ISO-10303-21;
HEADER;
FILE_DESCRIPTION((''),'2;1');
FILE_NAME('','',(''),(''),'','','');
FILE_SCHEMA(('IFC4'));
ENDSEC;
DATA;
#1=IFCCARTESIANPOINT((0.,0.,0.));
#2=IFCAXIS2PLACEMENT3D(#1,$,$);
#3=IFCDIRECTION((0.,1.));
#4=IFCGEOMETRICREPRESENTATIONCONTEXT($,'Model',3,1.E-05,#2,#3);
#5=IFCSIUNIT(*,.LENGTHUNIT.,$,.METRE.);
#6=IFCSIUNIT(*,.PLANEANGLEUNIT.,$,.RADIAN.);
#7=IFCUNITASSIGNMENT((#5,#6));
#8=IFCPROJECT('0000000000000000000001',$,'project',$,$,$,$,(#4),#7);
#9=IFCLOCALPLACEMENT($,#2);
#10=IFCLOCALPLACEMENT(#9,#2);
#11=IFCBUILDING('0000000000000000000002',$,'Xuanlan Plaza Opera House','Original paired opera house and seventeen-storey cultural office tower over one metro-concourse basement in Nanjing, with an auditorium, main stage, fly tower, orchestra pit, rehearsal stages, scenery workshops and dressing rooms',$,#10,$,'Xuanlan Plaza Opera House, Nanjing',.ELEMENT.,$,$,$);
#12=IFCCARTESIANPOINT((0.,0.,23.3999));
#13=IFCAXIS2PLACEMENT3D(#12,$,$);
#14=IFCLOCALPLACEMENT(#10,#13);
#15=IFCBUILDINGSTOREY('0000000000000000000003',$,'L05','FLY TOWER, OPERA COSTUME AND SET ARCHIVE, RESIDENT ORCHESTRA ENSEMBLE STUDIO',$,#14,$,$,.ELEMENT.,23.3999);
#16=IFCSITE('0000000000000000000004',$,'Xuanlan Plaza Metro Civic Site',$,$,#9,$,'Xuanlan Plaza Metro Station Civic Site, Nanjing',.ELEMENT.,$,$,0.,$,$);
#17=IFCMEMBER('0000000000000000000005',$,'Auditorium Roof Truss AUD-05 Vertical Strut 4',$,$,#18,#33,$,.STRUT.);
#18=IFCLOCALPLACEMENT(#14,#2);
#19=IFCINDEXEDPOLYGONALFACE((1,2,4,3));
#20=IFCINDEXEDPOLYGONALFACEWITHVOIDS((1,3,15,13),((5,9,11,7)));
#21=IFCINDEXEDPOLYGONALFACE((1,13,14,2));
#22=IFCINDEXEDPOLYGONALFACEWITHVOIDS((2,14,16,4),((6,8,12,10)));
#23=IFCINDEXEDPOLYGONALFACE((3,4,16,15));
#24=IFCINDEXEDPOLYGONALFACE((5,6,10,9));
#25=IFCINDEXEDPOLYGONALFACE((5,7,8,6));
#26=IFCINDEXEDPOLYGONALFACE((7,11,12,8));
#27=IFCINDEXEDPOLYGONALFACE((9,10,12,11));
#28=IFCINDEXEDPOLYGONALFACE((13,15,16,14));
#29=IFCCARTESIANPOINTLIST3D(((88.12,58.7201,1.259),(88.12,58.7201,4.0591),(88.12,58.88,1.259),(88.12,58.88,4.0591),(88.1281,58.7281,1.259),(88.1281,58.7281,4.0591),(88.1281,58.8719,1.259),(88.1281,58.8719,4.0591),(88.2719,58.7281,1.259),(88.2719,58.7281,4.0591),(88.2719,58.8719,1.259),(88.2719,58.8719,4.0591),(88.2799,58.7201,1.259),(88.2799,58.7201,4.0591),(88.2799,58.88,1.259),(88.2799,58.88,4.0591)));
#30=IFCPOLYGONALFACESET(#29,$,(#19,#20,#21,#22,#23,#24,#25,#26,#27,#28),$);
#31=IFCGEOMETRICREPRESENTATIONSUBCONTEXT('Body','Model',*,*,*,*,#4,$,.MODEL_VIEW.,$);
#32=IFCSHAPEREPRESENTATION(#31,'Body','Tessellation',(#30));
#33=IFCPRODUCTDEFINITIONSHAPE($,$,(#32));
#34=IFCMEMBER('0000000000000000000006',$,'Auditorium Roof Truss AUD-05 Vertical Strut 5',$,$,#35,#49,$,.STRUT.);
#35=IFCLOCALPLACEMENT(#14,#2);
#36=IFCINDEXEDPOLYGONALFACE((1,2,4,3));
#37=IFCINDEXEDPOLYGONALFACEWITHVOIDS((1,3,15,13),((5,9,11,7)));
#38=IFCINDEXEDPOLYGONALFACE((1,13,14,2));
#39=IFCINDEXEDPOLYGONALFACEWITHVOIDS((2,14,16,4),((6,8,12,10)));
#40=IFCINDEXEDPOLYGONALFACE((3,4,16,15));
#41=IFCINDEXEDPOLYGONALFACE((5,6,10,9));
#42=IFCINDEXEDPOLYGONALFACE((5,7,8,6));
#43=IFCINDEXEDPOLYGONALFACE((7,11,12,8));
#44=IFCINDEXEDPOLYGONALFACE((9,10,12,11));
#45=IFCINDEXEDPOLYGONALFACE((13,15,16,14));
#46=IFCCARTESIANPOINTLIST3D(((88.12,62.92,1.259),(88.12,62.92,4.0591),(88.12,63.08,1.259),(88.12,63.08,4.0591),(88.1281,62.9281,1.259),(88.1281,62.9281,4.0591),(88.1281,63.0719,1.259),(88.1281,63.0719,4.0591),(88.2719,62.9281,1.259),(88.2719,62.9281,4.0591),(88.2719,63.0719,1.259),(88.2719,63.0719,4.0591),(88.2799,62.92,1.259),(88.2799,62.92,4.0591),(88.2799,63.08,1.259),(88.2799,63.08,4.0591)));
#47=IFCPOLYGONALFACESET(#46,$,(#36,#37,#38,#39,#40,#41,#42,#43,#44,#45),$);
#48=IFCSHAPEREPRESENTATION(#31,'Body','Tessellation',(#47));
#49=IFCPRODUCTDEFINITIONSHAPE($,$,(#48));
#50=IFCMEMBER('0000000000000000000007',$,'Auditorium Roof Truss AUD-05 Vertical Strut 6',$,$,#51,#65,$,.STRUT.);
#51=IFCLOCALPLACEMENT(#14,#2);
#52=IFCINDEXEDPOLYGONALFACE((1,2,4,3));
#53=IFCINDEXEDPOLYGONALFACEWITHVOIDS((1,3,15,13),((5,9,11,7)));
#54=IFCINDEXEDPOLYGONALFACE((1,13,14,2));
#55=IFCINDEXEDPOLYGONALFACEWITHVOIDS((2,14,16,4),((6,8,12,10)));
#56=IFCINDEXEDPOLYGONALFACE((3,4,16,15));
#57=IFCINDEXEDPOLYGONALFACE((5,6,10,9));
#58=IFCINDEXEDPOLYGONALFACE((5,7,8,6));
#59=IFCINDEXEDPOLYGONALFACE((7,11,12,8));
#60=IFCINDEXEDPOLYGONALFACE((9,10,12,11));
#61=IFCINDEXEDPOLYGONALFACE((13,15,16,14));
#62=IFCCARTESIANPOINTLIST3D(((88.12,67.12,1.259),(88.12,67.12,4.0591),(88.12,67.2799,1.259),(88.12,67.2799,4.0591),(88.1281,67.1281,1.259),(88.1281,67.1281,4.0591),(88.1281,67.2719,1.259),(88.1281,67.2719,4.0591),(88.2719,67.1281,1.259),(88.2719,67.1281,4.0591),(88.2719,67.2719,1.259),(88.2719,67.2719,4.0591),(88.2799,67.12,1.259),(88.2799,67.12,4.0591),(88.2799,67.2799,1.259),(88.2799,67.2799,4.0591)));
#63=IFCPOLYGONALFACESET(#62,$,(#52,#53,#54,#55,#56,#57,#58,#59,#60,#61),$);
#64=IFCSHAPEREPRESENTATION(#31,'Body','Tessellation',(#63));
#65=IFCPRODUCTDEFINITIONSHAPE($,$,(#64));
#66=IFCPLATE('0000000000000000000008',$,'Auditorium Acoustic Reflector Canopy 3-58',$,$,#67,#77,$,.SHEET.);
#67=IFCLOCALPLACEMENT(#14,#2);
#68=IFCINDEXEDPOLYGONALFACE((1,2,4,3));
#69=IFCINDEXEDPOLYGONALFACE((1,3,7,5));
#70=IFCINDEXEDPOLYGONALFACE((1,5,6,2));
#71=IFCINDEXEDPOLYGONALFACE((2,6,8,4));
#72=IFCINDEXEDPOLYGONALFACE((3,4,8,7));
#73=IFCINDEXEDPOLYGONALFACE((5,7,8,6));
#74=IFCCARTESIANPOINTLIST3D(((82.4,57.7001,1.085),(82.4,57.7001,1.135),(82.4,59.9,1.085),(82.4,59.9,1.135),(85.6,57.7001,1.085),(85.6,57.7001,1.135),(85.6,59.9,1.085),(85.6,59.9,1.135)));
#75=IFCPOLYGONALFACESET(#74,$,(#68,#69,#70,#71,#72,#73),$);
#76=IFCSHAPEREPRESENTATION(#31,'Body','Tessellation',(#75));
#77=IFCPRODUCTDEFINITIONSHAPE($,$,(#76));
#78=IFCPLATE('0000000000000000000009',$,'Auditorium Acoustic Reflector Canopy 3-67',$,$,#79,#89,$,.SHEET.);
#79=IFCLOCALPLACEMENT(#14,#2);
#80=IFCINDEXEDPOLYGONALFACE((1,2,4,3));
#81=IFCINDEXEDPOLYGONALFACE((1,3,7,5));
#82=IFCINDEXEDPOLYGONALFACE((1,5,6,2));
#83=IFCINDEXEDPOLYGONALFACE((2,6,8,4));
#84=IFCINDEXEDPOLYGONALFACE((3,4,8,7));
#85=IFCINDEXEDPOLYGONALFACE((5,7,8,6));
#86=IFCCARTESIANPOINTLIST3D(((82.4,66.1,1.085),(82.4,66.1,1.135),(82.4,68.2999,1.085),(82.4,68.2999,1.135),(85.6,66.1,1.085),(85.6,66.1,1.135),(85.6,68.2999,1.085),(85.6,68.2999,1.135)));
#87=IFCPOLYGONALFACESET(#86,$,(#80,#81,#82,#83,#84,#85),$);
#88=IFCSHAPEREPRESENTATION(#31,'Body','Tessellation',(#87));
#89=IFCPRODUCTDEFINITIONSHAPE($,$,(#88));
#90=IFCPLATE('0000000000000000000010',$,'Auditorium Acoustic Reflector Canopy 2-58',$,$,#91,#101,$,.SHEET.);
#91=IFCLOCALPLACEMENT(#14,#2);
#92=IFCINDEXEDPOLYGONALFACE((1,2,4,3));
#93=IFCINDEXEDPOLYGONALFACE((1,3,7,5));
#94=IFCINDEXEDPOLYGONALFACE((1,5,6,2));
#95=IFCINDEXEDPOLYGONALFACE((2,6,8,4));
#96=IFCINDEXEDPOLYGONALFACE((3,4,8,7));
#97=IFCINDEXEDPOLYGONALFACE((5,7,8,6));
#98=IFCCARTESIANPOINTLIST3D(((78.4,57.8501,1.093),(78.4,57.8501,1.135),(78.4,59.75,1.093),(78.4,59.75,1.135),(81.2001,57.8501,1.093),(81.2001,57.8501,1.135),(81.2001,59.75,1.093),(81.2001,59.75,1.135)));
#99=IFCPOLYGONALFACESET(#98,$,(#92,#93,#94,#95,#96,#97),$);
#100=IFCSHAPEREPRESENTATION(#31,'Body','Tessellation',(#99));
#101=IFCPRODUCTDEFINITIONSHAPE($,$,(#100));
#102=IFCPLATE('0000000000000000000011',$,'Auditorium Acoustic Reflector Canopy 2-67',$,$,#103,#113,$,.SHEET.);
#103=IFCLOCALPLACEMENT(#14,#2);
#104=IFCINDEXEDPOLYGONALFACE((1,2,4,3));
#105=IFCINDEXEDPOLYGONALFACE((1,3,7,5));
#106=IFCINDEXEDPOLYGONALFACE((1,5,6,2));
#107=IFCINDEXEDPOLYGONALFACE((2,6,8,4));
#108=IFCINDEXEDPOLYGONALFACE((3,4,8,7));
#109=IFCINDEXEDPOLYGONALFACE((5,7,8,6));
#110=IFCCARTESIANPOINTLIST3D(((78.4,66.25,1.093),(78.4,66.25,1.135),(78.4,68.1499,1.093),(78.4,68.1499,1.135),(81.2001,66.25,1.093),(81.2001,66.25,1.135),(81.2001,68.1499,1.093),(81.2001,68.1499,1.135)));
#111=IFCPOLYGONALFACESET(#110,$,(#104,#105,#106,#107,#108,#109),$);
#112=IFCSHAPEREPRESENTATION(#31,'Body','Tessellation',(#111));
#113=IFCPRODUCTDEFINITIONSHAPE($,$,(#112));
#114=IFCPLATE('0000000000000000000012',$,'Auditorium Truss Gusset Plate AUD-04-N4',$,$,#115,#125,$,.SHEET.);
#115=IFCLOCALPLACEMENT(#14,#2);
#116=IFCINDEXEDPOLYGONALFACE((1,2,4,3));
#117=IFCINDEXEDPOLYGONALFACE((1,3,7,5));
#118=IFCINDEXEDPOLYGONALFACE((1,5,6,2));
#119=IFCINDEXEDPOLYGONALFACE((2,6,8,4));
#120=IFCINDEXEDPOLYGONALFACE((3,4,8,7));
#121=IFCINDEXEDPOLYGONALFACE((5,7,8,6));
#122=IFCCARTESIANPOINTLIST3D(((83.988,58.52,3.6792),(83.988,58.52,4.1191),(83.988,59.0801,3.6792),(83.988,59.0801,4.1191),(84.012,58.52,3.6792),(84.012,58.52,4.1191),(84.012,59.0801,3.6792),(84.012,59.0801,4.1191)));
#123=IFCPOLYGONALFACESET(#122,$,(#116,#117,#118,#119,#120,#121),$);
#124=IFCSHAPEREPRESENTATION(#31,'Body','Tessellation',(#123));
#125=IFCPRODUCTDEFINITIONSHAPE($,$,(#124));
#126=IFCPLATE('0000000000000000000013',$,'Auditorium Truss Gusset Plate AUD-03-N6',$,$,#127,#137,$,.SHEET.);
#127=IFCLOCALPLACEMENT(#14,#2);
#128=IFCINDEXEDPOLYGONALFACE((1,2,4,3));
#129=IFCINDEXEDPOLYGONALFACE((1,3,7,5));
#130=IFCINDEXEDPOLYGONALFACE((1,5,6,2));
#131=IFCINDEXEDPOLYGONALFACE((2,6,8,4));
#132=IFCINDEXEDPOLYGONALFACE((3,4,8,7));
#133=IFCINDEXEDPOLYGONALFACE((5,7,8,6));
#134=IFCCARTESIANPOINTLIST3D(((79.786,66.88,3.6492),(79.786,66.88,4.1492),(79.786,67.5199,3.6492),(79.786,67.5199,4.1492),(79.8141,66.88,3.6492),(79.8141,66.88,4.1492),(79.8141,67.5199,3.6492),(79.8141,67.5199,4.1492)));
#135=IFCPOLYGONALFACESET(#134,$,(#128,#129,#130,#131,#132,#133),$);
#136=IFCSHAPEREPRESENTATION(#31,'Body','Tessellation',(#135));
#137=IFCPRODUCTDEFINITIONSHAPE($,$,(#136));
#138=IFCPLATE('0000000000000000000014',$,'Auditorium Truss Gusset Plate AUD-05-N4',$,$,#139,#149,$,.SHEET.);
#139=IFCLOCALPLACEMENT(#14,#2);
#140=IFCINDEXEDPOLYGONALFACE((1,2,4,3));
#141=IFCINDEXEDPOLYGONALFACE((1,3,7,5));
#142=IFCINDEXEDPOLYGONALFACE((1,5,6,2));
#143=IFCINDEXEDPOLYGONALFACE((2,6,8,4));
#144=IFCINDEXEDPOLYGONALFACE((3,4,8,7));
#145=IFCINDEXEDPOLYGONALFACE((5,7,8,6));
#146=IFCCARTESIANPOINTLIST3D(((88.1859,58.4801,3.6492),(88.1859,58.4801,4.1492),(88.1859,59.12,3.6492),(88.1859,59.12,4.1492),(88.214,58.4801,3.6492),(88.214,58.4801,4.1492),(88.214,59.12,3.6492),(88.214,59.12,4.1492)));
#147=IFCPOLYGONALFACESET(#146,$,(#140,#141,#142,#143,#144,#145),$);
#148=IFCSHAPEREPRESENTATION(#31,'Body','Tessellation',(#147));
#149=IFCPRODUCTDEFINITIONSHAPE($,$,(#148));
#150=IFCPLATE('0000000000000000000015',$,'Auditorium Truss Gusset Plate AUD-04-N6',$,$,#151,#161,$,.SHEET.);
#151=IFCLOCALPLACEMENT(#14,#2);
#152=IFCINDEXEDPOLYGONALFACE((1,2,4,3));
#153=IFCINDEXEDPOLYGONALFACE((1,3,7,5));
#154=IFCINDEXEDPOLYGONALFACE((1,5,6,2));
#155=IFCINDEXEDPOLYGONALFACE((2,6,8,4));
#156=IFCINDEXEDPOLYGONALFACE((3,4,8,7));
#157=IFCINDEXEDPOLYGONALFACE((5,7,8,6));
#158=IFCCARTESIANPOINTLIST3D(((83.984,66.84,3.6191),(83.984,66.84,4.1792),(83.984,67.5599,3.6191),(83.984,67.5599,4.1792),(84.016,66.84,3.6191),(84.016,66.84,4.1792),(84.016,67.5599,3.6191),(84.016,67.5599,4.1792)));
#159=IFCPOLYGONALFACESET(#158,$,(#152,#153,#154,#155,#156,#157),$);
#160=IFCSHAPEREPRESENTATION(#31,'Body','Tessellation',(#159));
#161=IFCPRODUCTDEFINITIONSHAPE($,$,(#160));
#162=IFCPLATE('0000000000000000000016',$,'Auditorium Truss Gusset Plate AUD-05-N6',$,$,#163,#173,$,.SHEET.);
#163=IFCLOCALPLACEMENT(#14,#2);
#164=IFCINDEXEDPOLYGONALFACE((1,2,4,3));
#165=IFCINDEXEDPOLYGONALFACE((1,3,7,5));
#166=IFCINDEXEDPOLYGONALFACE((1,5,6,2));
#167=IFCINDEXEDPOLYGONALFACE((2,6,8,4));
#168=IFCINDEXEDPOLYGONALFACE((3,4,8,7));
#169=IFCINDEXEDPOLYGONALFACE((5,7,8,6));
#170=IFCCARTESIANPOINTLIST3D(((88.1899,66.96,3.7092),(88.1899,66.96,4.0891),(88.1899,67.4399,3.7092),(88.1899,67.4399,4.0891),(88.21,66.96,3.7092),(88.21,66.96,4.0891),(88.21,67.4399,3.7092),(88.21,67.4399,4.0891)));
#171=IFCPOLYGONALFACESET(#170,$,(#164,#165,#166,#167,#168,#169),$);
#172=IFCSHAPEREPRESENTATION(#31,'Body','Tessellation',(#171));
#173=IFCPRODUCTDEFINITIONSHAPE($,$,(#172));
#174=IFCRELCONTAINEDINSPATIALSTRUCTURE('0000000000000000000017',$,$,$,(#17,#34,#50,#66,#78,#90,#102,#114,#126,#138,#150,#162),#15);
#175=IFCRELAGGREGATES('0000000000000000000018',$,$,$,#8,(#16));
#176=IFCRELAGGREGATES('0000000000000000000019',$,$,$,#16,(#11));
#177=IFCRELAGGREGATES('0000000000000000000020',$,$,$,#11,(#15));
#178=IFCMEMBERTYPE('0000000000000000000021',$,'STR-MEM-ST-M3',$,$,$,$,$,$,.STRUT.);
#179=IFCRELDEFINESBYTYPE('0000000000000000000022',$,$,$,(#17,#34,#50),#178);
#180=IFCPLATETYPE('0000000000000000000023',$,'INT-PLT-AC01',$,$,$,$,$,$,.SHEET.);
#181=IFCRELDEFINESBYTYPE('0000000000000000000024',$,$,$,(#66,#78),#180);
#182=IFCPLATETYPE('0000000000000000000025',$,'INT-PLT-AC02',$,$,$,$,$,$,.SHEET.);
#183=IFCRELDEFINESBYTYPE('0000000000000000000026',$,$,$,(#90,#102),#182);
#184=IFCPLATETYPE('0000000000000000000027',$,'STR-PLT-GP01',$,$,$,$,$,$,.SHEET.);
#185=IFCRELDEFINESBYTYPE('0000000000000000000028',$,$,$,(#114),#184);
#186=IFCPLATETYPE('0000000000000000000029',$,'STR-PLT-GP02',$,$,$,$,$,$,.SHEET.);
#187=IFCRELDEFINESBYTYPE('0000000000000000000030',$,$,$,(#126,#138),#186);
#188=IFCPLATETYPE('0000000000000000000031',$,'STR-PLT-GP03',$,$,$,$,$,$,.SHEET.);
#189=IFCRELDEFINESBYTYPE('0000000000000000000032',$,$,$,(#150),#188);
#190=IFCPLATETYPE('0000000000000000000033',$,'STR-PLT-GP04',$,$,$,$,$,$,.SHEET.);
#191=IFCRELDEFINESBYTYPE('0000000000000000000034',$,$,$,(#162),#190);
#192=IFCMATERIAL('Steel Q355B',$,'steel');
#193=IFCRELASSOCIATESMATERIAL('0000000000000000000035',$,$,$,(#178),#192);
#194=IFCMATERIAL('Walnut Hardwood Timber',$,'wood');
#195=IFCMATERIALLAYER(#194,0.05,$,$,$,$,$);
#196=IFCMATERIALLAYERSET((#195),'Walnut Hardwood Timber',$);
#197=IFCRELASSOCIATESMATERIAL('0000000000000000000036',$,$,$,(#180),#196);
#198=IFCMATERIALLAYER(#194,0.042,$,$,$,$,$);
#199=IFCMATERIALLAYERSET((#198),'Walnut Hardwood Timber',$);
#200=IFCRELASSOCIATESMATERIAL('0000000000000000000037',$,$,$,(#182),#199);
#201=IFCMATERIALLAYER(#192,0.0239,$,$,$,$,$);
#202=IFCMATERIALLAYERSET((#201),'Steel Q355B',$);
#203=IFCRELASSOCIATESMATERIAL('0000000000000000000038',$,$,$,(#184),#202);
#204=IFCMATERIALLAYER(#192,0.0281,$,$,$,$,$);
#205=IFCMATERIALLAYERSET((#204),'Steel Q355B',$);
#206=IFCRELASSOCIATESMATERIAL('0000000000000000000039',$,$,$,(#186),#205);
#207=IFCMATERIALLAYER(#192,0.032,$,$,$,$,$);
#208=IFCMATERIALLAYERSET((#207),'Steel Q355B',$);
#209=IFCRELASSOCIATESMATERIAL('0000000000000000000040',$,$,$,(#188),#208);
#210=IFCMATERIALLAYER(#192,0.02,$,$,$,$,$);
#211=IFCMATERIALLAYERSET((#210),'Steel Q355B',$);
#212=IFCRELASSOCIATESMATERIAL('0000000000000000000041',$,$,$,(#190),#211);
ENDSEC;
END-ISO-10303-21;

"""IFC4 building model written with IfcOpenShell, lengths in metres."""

from ifc_helpers import new_model, si_unit, direction, frame, origin, origin_2d, place, context, subcontext, project, spatial, rectangle, hollow_rectangle, extrude, material, layer, layer_set, material_profile, profile_set, type_object, element, save


model = new_model("IFC4")

# Units and contexts
model_context = context("Model", 3, precision=1e-05, world=origin(), true_north=direction((0.0, 1.0)))
body_context = subcontext(model_context, "Body", "Model", "MODEL_VIEW")
ifc_project = project(units=[si_unit("LENGTHUNIT", "METRE"), si_unit("PLANEANGLEUNIT", "RADIAN")], contexts=[model_context])

# Site, building, storey
site_placement = place(None, origin())
site = spatial("IfcSite", under=ifc_project, at=site_placement, Name="Xuanlan Plaza Metro Civic Site", LongName="Xuanlan Plaza Metro Station Civic Site, Nanjing", CompositionType="ELEMENT", RefElevation=0.0)
building_placement = place(site_placement, origin())
building = spatial("IfcBuilding", under=site, at=building_placement, Name="Xuanlan Plaza Opera House", Description="Original paired opera house and seventeen-storey cultural office tower over one metro-concourse basement in Nanjing, with an auditorium, main stage, fly tower, orchestra pit, rehearsal stages, scenery workshops and dressing rooms", LongName="Xuanlan Plaza Opera House, Nanjing", CompositionType="ELEMENT")
storey_placement = place(building_placement, frame((0.0, 0.0, 23.3999)))
storey = spatial("IfcBuildingStorey", under=building, at=storey_placement, Name="L05", Description="FLY TOWER, OPERA COSTUME AND SET ARCHIVE, RESIDENT ORCHESTRA ENSEMBLE STUDIO", CompositionType="ELEMENT", Elevation=23.3999)

# Members
ifc_material_1 = material(Name="Steel Q355B", Category="steel")
ifc_material_profile_1 = material_profile(ifc_material_1, hollow_rectangle(XDim=0.1599, YDim=0.1599, WallThickness=0.0081, at=origin_2d()), Name="SHS 160x160x8")
ifc_profile_set_1 = profile_set([ifc_material_profile_1], Name="Steel Q355B")
member_type_1 = type_object("IfcMemberType", Name="STR-MEM-ST-M3", PredefinedType="STRUT", material=ifc_profile_set_1)
for number, where, z_axis, x_axis, name in (
    (1, (88.2, 58.8, 1.259), (0.0, 0.0, 1.0), (1.0, 0.0, 0.0), "Auditorium Roof Truss AUD-05 Vertical Strut 4"),
    (2, (88.2, 63.0, 1.259), (0.0, 0.0, 1.0), (1.0, 0.0, 0.0), "Auditorium Roof Truss AUD-05 Vertical Strut 5"),
    (3, (88.2, 67.2, 1.259), (0.0, 0.0, 1.0), (1.0, 0.0, 0.0), "Auditorium Roof Truss AUD-05 Vertical Strut 6"),
):
    element("IfcMember", number, at=place(storey_placement, frame(where, z_axis=z_axis, x_axis=x_axis)), inside=storey, type_object=member_type_1, Name=name, PredefinedType="STRUT", context=body_context, shape_type="SweptSolid", body=[
        extrude(hollow_rectangle(XDim=0.1599, YDim=0.1599, WallThickness=0.0081, at=origin_2d()), origin(), (0.0, 0.0, 1.0), 2.8),
    ])

# Plates
ifc_material_2 = material(Name="Walnut Hardwood Timber", Category="wood")
ifc_layer_1 = layer(ifc_material_2, 0.05)
ifc_layer_set_1 = layer_set([ifc_layer_1], Name="Walnut Hardwood Timber")
plate_type_1 = type_object("IfcPlateType", Name="INT-PLT-AC01", PredefinedType="SHEET", material=ifc_layer_set_1)
for number, where, z_axis, x_axis, name in (
    (4, (84.0, 58.8, 1.085), (0.0, 0.0, 1.0), (1.0, 0.0, 0.0), "Auditorium Acoustic Reflector Canopy 3-58"),
    (5, (84.0, 67.2, 1.085), (0.0, 0.0, 1.0), (1.0, 0.0, 0.0), "Auditorium Acoustic Reflector Canopy 3-67"),
):
    element("IfcPlate", number, at=place(storey_placement, frame(where, z_axis=z_axis, x_axis=x_axis)), inside=storey, type_object=plate_type_1, Name=name, PredefinedType="SHEET", context=body_context, shape_type="SweptSolid", body=[
        extrude(rectangle(XDim=3.2, YDim=2.2, at=origin_2d()), origin(), (0.0, 0.0, 1.0), 0.05),
    ])
ifc_layer_2 = layer(ifc_material_2, 0.042)
ifc_layer_set_2 = layer_set([ifc_layer_2], Name="Walnut Hardwood Timber")
plate_type_2 = type_object("IfcPlateType", Name="INT-PLT-AC02", PredefinedType="SHEET", material=ifc_layer_set_2)
for number, where, z_axis, x_axis, name in (
    (6, (79.8, 58.8, 1.093), (0.0, 0.0, 1.0), (1.0, 0.0, 0.0), "Auditorium Acoustic Reflector Canopy 2-58"),
    (7, (79.8, 67.2, 1.093), (0.0, 0.0, 1.0), (1.0, 0.0, 0.0), "Auditorium Acoustic Reflector Canopy 2-67"),
):
    element("IfcPlate", number, at=place(storey_placement, frame(where, z_axis=z_axis, x_axis=x_axis)), inside=storey, type_object=plate_type_2, Name=name, PredefinedType="SHEET", context=body_context, shape_type="SweptSolid", body=[
        extrude(rectangle(XDim=2.8, YDim=1.8999, at=origin_2d()), origin(), (0.0, 0.0, 1.0), 0.042),
    ])
ifc_layer_3 = layer(ifc_material_1, 0.0239)
ifc_layer_set_3 = layer_set([ifc_layer_3], Name="Steel Q355B")
plate_type_3 = type_object("IfcPlateType", Name="STR-PLT-GP01", PredefinedType="SHEET", material=ifc_layer_set_3)
plate_1_placement = place(storey_placement, frame((84.0, 58.8, 3.6792), z_axis=(0.0, 0.0, 1.0), x_axis=(1.0, 0.0, 0.0)))
element("IfcPlate", 8, at=plate_1_placement, inside=storey, type_object=plate_type_3, Name="Auditorium Truss Gusset Plate AUD-04-N4", PredefinedType="SHEET", context=body_context, shape_type="SweptSolid", body=[
    extrude(rectangle(XDim=0.0239, YDim=0.5601, at=origin_2d()), origin(), (0.0, 0.0, 1.0), 0.4399),
])
ifc_layer_4 = layer(ifc_material_1, 0.0281)
ifc_layer_set_4 = layer_set([ifc_layer_4], Name="Steel Q355B")
plate_type_4 = type_object("IfcPlateType", Name="STR-PLT-GP02", PredefinedType="SHEET", material=ifc_layer_set_4)
for number, where, z_axis, x_axis, name in (
    (9, (79.8, 67.2, 3.6492), (0.0, 0.0, 1.0), (1.0, 0.0, 0.0), "Auditorium Truss Gusset Plate AUD-03-N6"),
    (10, (88.2, 58.8, 3.6492), (0.0, 0.0, 1.0), (1.0, 0.0, 0.0), "Auditorium Truss Gusset Plate AUD-05-N4"),
):
    element("IfcPlate", number, at=place(storey_placement, frame(where, z_axis=z_axis, x_axis=x_axis)), inside=storey, type_object=plate_type_4, Name=name, PredefinedType="SHEET", context=body_context, shape_type="SweptSolid", body=[
        extrude(rectangle(XDim=0.0281, YDim=0.6399, at=origin_2d()), origin(), (0.0, 0.0, 1.0), 0.5),
    ])
ifc_layer_5 = layer(ifc_material_1, 0.032)
ifc_layer_set_5 = layer_set([ifc_layer_5], Name="Steel Q355B")
plate_type_5 = type_object("IfcPlateType", Name="STR-PLT-GP03", PredefinedType="SHEET", material=ifc_layer_set_5)
plate_2_placement = place(storey_placement, frame((84.0, 67.2, 3.6191), z_axis=(0.0, 0.0, 1.0), x_axis=(1.0, 0.0, 0.0)))
element("IfcPlate", 11, at=plate_2_placement, inside=storey, type_object=plate_type_5, Name="Auditorium Truss Gusset Plate AUD-04-N6", PredefinedType="SHEET", context=body_context, shape_type="SweptSolid", body=[
    extrude(rectangle(XDim=0.032, YDim=0.72, at=origin_2d()), origin(), (0.0, 0.0, 1.0), 0.5601),
])
ifc_layer_6 = layer(ifc_material_1, 0.02)
ifc_layer_set_6 = layer_set([ifc_layer_6], Name="Steel Q355B")
plate_type_6 = type_object("IfcPlateType", Name="STR-PLT-GP04", PredefinedType="SHEET", material=ifc_layer_set_6)
plate_3_placement = place(storey_placement, frame((88.2, 67.2, 3.7092), z_axis=(0.0, 0.0, 1.0), x_axis=(1.0, 0.0, 0.0)))
element("IfcPlate", 12, at=plate_3_placement, inside=storey, type_object=plate_type_6, Name="Auditorium Truss Gusset Plate AUD-05-N6", PredefinedType="SHEET", context=body_context, shape_type="SweptSolid", body=[
    extrude(rectangle(XDim=0.02, YDim=0.48, at=origin_2d()), origin(), (0.0, 0.0, 1.0), 0.3799),
])

save(model, "model.ifc")
